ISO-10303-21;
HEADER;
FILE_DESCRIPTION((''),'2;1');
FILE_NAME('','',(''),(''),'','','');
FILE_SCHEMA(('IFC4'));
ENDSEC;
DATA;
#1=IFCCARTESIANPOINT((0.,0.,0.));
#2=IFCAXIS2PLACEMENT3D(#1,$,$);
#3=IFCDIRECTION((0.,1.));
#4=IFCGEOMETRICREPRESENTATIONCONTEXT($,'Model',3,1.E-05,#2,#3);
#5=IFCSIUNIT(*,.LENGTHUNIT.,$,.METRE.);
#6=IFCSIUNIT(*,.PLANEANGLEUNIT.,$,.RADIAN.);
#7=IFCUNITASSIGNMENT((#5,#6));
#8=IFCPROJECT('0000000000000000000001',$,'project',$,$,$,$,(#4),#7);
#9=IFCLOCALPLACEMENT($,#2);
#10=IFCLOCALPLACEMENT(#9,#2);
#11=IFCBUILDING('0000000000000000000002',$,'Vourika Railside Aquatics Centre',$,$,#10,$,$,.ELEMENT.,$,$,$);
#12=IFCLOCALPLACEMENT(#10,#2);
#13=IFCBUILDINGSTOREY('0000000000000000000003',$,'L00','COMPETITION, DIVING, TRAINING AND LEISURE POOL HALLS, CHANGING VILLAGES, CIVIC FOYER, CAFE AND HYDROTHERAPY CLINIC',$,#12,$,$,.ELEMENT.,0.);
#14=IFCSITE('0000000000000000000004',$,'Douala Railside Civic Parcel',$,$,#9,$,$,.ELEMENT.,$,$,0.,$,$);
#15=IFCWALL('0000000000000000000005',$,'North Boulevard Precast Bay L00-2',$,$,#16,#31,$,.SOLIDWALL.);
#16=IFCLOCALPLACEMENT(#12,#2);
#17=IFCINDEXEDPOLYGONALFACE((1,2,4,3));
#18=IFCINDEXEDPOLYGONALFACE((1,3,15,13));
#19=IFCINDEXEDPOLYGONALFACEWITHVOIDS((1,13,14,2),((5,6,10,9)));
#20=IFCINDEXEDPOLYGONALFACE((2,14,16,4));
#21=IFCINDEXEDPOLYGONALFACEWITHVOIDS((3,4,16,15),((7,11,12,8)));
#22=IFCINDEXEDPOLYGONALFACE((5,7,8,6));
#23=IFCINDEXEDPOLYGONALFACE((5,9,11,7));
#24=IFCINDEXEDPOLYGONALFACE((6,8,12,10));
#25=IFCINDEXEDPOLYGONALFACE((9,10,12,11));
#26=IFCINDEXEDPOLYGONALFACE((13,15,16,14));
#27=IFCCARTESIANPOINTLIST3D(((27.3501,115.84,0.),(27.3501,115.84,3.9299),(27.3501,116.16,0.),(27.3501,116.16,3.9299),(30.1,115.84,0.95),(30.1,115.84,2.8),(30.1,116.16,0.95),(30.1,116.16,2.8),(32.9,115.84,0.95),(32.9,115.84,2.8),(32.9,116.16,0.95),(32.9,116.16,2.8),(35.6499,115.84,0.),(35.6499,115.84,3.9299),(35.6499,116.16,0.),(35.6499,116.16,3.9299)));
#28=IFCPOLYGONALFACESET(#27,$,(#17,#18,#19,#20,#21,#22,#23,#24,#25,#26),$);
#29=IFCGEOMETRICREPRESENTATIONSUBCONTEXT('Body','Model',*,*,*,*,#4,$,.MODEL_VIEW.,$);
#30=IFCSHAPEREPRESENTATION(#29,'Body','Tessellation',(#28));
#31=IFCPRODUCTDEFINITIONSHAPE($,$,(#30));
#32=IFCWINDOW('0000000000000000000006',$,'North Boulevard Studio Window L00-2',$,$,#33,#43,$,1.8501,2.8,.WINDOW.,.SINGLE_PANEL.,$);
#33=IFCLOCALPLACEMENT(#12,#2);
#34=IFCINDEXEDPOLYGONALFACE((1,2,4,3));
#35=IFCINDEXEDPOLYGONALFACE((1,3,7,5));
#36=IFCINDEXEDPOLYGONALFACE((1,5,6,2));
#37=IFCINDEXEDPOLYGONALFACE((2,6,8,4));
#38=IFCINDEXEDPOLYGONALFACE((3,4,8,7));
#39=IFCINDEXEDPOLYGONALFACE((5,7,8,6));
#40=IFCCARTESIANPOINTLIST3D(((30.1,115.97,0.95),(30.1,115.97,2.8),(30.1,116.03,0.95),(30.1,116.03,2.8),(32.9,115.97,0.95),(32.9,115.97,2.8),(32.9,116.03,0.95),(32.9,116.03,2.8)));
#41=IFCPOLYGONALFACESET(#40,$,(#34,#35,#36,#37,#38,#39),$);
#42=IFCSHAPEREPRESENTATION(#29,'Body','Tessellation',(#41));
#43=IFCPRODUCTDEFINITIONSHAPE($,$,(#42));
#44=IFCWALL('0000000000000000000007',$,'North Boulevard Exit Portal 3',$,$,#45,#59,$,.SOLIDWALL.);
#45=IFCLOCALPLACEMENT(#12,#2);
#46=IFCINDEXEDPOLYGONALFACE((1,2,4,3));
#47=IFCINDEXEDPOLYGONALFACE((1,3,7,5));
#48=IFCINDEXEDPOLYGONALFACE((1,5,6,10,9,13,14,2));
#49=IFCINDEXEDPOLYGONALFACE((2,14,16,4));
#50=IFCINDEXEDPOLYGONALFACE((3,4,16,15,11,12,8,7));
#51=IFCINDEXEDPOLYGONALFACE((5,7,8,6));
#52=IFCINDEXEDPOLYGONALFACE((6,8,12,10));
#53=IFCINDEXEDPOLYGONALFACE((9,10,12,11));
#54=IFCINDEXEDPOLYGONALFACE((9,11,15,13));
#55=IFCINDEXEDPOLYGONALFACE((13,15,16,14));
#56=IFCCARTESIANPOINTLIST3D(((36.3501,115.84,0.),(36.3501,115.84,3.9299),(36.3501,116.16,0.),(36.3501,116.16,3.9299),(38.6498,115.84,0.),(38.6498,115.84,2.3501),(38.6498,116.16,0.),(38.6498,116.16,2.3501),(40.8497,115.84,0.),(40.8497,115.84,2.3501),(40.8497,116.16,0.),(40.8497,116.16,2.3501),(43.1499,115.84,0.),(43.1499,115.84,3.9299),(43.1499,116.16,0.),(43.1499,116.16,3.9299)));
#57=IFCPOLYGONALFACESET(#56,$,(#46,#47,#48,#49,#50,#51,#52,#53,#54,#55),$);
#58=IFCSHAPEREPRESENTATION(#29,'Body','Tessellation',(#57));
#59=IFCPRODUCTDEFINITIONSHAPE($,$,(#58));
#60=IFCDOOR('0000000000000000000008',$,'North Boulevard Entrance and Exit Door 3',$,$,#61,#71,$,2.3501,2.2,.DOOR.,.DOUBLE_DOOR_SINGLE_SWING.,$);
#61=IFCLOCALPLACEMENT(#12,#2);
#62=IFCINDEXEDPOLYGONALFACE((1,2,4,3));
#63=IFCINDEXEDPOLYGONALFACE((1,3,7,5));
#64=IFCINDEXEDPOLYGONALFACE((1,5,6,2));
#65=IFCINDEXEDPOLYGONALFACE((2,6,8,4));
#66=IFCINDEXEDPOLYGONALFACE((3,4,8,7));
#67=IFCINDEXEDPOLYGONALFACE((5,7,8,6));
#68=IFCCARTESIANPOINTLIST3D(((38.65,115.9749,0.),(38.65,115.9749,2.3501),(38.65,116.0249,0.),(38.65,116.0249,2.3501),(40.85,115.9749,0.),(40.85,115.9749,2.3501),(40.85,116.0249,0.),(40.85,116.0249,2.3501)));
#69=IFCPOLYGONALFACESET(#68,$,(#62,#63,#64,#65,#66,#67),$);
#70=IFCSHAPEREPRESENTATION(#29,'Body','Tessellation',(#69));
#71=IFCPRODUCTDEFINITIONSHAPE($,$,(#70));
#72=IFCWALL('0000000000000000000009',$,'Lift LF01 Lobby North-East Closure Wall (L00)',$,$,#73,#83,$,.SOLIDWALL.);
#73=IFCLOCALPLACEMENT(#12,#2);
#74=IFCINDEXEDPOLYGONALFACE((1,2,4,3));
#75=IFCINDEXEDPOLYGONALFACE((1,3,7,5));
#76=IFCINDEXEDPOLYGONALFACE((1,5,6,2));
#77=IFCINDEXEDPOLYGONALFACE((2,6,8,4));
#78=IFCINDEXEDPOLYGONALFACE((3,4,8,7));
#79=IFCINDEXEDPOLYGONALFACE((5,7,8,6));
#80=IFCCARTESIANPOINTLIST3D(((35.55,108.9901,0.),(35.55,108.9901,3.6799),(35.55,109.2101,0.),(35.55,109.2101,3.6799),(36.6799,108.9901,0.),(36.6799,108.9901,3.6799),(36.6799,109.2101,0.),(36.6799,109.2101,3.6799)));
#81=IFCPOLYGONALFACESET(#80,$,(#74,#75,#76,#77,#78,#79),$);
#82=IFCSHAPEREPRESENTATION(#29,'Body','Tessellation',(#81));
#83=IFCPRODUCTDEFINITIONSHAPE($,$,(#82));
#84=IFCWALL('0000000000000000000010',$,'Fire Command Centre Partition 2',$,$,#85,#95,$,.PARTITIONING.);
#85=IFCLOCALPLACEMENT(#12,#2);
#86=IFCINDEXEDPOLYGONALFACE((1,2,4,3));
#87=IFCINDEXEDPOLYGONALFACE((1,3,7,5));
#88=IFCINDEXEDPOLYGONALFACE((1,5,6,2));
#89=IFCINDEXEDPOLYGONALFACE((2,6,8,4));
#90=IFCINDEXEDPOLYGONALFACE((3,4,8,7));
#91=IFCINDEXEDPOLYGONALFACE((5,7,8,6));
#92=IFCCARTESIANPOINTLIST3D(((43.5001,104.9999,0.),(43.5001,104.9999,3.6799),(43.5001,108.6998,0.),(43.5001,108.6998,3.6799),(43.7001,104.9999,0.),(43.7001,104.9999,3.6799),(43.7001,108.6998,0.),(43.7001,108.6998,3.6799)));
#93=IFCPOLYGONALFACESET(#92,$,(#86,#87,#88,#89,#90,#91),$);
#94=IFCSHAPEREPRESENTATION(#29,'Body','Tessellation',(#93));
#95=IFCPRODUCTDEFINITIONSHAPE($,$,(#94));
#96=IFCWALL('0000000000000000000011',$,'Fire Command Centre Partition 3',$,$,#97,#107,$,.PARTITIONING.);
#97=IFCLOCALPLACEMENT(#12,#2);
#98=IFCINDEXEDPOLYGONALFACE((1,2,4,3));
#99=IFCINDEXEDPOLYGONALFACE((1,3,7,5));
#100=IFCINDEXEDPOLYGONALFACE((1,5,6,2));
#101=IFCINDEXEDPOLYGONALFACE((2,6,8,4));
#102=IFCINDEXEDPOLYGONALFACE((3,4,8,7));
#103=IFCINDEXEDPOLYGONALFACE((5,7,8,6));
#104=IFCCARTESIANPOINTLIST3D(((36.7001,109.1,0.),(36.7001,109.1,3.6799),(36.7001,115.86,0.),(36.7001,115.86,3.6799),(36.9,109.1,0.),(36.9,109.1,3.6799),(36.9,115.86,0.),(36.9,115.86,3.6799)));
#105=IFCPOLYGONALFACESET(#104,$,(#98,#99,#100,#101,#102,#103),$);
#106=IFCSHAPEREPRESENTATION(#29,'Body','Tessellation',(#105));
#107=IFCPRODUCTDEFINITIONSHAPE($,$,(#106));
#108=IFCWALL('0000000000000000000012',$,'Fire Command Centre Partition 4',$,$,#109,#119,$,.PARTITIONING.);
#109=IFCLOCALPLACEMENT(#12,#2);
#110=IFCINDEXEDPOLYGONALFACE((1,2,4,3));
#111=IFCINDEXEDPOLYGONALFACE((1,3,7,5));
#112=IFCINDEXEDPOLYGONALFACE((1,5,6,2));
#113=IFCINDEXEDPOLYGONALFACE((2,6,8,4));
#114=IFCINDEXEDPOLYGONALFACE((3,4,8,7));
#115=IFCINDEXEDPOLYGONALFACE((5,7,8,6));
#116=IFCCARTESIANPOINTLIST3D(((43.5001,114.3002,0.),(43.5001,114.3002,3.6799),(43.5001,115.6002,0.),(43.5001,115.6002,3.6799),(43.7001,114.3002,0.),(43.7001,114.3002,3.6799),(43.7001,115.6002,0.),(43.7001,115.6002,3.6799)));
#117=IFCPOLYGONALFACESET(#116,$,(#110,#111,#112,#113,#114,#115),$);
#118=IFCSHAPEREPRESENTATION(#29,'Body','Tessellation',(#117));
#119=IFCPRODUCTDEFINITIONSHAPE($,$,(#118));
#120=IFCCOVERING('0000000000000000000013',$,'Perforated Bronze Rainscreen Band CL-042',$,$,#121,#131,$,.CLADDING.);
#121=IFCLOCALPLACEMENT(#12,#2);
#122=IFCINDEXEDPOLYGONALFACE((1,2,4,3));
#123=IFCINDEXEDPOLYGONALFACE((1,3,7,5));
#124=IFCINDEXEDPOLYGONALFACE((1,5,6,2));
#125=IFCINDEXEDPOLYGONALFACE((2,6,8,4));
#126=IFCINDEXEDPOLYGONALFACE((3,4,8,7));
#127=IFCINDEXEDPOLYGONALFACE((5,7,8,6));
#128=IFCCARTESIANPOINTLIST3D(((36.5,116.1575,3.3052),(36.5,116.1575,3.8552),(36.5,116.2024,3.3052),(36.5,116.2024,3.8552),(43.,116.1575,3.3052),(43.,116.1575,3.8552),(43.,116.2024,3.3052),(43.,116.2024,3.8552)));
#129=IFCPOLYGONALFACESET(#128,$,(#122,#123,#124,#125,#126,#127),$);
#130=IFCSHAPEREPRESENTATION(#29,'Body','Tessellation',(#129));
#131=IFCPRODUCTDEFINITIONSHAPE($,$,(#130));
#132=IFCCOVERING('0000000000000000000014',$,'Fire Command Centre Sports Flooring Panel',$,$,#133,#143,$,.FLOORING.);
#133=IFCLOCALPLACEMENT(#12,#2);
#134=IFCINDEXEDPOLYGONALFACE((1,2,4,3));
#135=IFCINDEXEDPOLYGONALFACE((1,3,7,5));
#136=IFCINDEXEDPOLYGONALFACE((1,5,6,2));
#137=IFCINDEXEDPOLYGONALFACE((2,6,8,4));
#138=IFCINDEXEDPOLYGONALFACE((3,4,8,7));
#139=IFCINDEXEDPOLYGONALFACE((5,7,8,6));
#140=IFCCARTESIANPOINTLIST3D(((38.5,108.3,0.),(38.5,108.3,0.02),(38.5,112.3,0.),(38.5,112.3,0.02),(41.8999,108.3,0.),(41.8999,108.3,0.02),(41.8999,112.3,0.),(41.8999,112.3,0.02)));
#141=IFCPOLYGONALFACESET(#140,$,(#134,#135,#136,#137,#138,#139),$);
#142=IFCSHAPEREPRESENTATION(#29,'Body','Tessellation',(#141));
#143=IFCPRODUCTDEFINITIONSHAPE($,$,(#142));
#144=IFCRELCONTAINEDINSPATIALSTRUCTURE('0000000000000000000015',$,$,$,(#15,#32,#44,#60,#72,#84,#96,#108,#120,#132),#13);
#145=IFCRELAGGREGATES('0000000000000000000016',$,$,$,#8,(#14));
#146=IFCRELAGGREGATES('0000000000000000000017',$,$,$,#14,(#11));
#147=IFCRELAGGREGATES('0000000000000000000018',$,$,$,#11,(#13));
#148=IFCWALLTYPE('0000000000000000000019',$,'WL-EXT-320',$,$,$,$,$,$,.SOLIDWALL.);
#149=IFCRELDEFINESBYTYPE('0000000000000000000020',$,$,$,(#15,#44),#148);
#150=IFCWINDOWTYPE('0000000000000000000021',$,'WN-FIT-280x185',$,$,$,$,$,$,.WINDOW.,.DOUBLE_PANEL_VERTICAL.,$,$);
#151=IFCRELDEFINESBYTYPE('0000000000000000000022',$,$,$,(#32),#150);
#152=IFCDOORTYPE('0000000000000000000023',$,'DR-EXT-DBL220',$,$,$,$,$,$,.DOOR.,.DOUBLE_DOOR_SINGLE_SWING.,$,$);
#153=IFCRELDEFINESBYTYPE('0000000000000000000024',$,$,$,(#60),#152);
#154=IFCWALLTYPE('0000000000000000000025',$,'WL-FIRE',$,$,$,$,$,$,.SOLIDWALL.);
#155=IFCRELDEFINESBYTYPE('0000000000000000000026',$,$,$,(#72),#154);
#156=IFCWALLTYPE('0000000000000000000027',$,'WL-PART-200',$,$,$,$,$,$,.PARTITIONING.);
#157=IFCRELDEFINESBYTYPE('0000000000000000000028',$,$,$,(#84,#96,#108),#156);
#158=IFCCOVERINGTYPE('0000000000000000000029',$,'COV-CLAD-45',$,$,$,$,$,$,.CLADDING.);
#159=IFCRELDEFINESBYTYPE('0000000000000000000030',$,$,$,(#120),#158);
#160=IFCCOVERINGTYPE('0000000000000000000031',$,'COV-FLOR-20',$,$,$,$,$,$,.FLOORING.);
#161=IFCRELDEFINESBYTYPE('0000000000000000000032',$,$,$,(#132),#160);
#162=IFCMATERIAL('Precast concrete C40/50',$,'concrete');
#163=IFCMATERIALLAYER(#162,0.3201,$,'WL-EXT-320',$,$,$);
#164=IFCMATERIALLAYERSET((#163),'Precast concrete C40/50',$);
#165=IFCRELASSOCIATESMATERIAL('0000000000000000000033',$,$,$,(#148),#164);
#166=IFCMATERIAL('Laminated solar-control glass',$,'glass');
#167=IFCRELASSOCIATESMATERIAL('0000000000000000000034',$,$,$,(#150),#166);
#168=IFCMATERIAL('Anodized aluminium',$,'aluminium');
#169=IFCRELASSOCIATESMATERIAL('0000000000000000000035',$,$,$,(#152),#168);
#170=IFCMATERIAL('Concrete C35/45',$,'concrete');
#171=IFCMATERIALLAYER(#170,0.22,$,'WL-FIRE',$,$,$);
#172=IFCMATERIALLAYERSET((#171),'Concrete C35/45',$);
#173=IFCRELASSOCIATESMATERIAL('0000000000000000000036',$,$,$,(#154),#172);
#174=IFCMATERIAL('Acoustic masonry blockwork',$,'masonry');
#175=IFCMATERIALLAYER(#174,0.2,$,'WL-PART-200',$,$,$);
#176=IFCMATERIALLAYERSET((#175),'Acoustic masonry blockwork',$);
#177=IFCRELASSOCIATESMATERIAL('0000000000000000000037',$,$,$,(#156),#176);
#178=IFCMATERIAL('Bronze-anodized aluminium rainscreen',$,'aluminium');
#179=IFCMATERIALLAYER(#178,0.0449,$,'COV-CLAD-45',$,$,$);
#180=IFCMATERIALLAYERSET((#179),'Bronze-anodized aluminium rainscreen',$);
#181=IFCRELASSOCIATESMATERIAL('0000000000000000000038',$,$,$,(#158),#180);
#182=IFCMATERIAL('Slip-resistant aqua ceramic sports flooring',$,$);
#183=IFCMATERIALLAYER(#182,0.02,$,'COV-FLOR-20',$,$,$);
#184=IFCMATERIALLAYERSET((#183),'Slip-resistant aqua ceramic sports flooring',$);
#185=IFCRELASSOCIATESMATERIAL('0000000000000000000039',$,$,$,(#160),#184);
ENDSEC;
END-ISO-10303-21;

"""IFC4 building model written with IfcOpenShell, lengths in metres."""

from ifc_helpers import new_model, si_unit, direction, frame, frame_2d, origin, origin_2d, place, context, subcontext, project, spatial, rectangle, extrude, material, layer, layer_set, type_object, element, fill, save


model = new_model("IFC4")

# Units and contexts
model_context = context("Model", 3, precision=1e-05, world=origin(), true_north=direction((0.0, 1.0)))
body_context = subcontext(model_context, "Body", "Model", "MODEL_VIEW")
ifc_project = project(units=[si_unit("LENGTHUNIT", "METRE"), si_unit("PLANEANGLEUNIT", "RADIAN")], contexts=[model_context])

# Site, building, storey
site_placement = place(None, origin())
site = spatial("IfcSite", under=ifc_project, at=site_placement, Name="Douala Railside Civic Parcel", CompositionType="ELEMENT", RefElevation=0.0)
building_placement = place(site_placement, origin())
building = spatial("IfcBuilding", under=site, at=building_placement, Name="Vourika Railside Aquatics Centre", CompositionType="ELEMENT")
storey_placement = place(building_placement, origin())
storey = spatial("IfcBuildingStorey", under=building, at=storey_placement, Name="L00", Description="COMPETITION, DIVING, TRAINING AND LEISURE POOL HALLS, CHANGING VILLAGES, CIVIC FOYER, CAFE AND HYDROTHERAPY CLINIC", CompositionType="ELEMENT", Elevation=0.0)

# Shared definitions
ifc_material_1 = material(Name="Concrete C35/45", Category="concrete")

# Wall, opening, window
ifc_material_2 = material(Name="Precast concrete C40/50", Category="concrete")
ifc_layer_1 = layer(ifc_material_2, 0.3201, Name="WL-EXT-320")
ifc_layer_set_1 = layer_set([ifc_layer_1], Name="Precast concrete C40/50")
wall_type_1 = type_object("IfcWallType", Name="WL-EXT-320", PredefinedType="SOLIDWALL", material=ifc_layer_set_1)
wall_1_placement = place(storey_placement, frame((35.6499, 116.0, 0.0), z_axis=(0.0, 0.0, 1.0), x_axis=(-1.0, 0.0, 0.0)))
wall_1 = element("IfcWall", 1, at=wall_1_placement, inside=storey, type_object=wall_type_1, Name="North Boulevard Precast Bay L00-2", PredefinedType="SOLIDWALL", context=body_context, shape_type="SweptSolid", body=[
    extrude(rectangle(XDim=8.2998, YDim=0.3201, at=frame_2d((4.1499, 0.0))), origin(), (0.0, 0.0, 1.0), 3.9299),
])
opening_1_placement = place(wall_1_placement, frame((2.75, 0.0, 0.95)))
opening_1 = element("IfcOpeningElement", 2, at=opening_1_placement, cuts=wall_1, PredefinedType="OPENING", context=body_context, shape_type="SweptSolid", body=[
    extrude(rectangle(XDim=2.8, YDim=1.8501, at=frame_2d((1.3999, 0.925))), frame((0.0, 0.1699, 0.0), z_axis=(0.0, -1.0, 0.0), x_axis=(1.0, 0.0, 0.0)), (0.0, 0.0, 1.0), 0.3401),
])
ifc_material_3 = material(Name="Laminated solar-control glass", Category="glass")
window_type = type_object("IfcWindowType", Name="WN-FIT-280x185", PartitioningType="DOUBLE_PANEL_VERTICAL", PredefinedType="WINDOW", material=ifc_material_3)
window_placement = place(opening_1_placement, origin())
window = element("IfcWindow", 3, at=window_placement, inside=storey, type_object=window_type, Name="North Boulevard Studio Window L00-2", OverallHeight=1.8501, OverallWidth=2.8, PartitioningType="SINGLE_PANEL", PredefinedType="WINDOW", context=body_context, shape_type="SweptSolid", body=[
    extrude(rectangle(XDim=2.8, YDim=1.8501, at=frame_2d((1.3999, 0.925))), frame((0.0, 0.03, 0.0), z_axis=(0.0, -1.0, 0.0), x_axis=(1.0, 0.0, 0.0)), (0.0, 0.0, 1.0), 0.0601),
])
fill(opening_1, window)

# Wall, opening, door
wall_2_placement = place(storey_placement, frame((43.1499, 116.0, 0.0), z_axis=(0.0, 0.0, 1.0), x_axis=(-1.0, 0.0, 0.0)))
wall_2 = element("IfcWall", 4, at=wall_2_placement, inside=storey, type_object=wall_type_1, Name="North Boulevard Exit Portal 3", PredefinedType="SOLIDWALL", context=body_context, shape_type="SweptSolid", body=[
    extrude(rectangle(XDim=6.7998, YDim=0.3201, at=frame_2d((3.3999, 0.0))), origin(), (0.0, 0.0, 1.0), 3.9299),
])
opening_2_placement = place(wall_2_placement, frame((2.3, 0.0, 0.0)))
opening_2 = element("IfcOpeningElement", 5, at=opening_2_placement, cuts=wall_2, PredefinedType="OPENING", context=body_context, shape_type="SweptSolid", body=[
    extrude(rectangle(XDim=2.2, YDim=2.3501, at=frame_2d((1.1001, 1.175))), frame((0.0, 0.1699, 0.0), z_axis=(0.0, -1.0, 0.0), x_axis=(1.0, 0.0, 0.0)), (0.0, 0.0, 1.0), 0.3401),
])
ifc_material_4 = material(Name="Anodized aluminium", Category="aluminium")
door_type_1 = type_object("IfcDoorType", Name="DR-EXT-DBL220", OperationType="DOUBLE_DOOR_SINGLE_SWING", PredefinedType="DOOR", material=ifc_material_4)
door_1_placement = place(opening_2_placement, frame((2.2, 0.0, 0.0), z_axis=(0.0, 0.0, 1.0), x_axis=(-1.0, 0.0, 0.0)))
door_1 = element("IfcDoor", 6, at=door_1_placement, inside=storey, type_object=door_type_1, Name="North Boulevard Entrance and Exit Door 3", OperationType="DOUBLE_DOOR_SINGLE_SWING", OverallHeight=2.3501, OverallWidth=2.2, PredefinedType="DOOR", context=body_context, shape_type="SweptSolid", body=[
    extrude(rectangle(XDim=2.2, YDim=2.3501, at=frame_2d((1.1001, 1.175))), frame((0.0, 0.0249, 0.0), z_axis=(0.0, -1.0, 0.0), x_axis=(1.0, 0.0, 0.0)), (0.0, 0.0, 1.0), 0.05),
])
fill(opening_2, door_1)

# Walls
ifc_layer_2 = layer(ifc_material_1, 0.22, Name="WL-FIRE")
ifc_layer_set_2 = layer_set([ifc_layer_2], Name="Concrete C35/45")
wall_type_2 = type_object("IfcWallType", Name="WL-FIRE", PredefinedType="SOLIDWALL", material=ifc_layer_set_2)
wall_3_placement = place(storey_placement, frame((35.55, 109.1001, 0.0), z_axis=(0.0, 0.0, 1.0), x_axis=(1.0, 0.0, 0.0)))
element("IfcWall", 7, at=wall_3_placement, inside=storey, type_object=wall_type_2, Name="Lift LF01 Lobby North-East Closure Wall (L00)", PredefinedType="SOLIDWALL", context=body_context, shape_type="SweptSolid", body=[
    extrude(rectangle(XDim=1.1299, YDim=0.22, at=frame_2d((0.5649, 0.0))), origin(), (0.0, 0.0, 1.0), 3.6799),
])
ifc_material_5 = material(Name="Acoustic masonry blockwork", Category="masonry")
ifc_layer_3 = layer(ifc_material_5, 0.2, Name="WL-PART-200")
ifc_layer_set_3 = layer_set([ifc_layer_3], Name="Acoustic masonry blockwork")
wall_type_3 = type_object("IfcWallType", Name="WL-PART-200", PredefinedType="PARTITIONING", material=ifc_layer_set_3)
wall_4_placement = place(storey_placement, frame((43.6001, 108.7, 0.0), z_axis=(0.0, 0.0, 1.0), x_axis=(0.0, -1.0, 0.0)))
element("IfcWall", 8, at=wall_4_placement, inside=storey, type_object=wall_type_3, Name="Fire Command Centre Partition 2", PredefinedType="PARTITIONING", context=body_context, shape_type="SweptSolid", body=[
    extrude(rectangle(XDim=3.7, YDim=0.2, at=frame_2d((1.8501, 0.0))), origin(), (0.0, 0.0, 1.0), 3.6799),
])
wall_5_placement = place(storey_placement, frame((36.8, 109.1001, 0.0), z_axis=(0.0, 0.0, 1.0), x_axis=(0.0, 1.0, 0.0)))
element("IfcWall", 9, at=wall_5_placement, inside=storey, type_object=wall_type_3, Name="Fire Command Centre Partition 3", PredefinedType="PARTITIONING", context=body_context, shape_type="SweptSolid", body=[
    extrude(rectangle(XDim=6.76, YDim=0.2, at=frame_2d((3.3799, 0.0))), origin(), (0.0, 0.0, 1.0), 3.6799),
])
wall_6_placement = place(storey_placement, frame((43.6001, 115.6001, 0.0), z_axis=(0.0, 0.0, 1.0), x_axis=(0.0, -1.0, 0.0)))
element("IfcWall", 10, at=wall_6_placement, inside=storey, type_object=wall_type_3, Name="Fire Command Centre Partition 4", PredefinedType="PARTITIONING", context=body_context, shape_type="SweptSolid", body=[
    extrude(rectangle(XDim=1.3, YDim=0.2, at=frame_2d((0.6499, 0.0))), origin(), (0.0, 0.0, 1.0), 3.6799),
])

# Coverings
ifc_material_6 = material(Name="Bronze-anodized aluminium rainscreen", Category="aluminium")
ifc_layer_4 = layer(ifc_material_6, 0.0449, Name="COV-CLAD-45")
ifc_layer_set_4 = layer_set([ifc_layer_4], Name="Bronze-anodized aluminium rainscreen")
covering_type_1 = type_object("IfcCoveringType", Name="COV-CLAD-45", PredefinedType="CLADDING", material=ifc_layer_set_4)
covering_1_placement = place(storey_placement, frame((39.75, 116.1799, 3.3052), z_axis=(0.0, 0.0, 1.0), x_axis=(-1.0, 0.0, 0.0)))
element("IfcCovering", 11, at=covering_1_placement, inside=storey, type_object=covering_type_1, Name="Perforated Bronze Rainscreen Band CL-042", PredefinedType="CLADDING", context=body_context, shape_type="SweptSolid", body=[
    extrude(rectangle(XDim=6.5, YDim=0.0449, at=origin_2d()), origin(), (0.0, 0.0, 1.0), 0.55),
])
ifc_material_7 = material(Name="Slip-resistant aqua ceramic sports flooring")
ifc_layer_5 = layer(ifc_material_7, 0.02, Name="COV-FLOR-20")
ifc_layer_set_5 = layer_set([ifc_layer_5], Name="Slip-resistant aqua ceramic sports flooring")
covering_type_2 = type_object("IfcCoveringType", Name="COV-FLOR-20", PredefinedType="FLOORING", material=ifc_layer_set_5)
covering_2_placement = place(storey_placement, frame((40.2, 110.3, 0.0), z_axis=(0.0, 0.0, 1.0), x_axis=(1.0, 0.0, 0.0)))
element("IfcCovering", 12, at=covering_2_placement, inside=storey, type_object=covering_type_2, Name="Fire Command Centre Sports Flooring Panel", PredefinedType="FLOORING", context=body_context, shape_type="SweptSolid", body=[
    extrude(rectangle(XDim=3.3999, YDim=4.0, at=origin_2d()), origin(), (0.0, 0.0, 1.0), 0.02),
])

save(model, "model.ifc")
